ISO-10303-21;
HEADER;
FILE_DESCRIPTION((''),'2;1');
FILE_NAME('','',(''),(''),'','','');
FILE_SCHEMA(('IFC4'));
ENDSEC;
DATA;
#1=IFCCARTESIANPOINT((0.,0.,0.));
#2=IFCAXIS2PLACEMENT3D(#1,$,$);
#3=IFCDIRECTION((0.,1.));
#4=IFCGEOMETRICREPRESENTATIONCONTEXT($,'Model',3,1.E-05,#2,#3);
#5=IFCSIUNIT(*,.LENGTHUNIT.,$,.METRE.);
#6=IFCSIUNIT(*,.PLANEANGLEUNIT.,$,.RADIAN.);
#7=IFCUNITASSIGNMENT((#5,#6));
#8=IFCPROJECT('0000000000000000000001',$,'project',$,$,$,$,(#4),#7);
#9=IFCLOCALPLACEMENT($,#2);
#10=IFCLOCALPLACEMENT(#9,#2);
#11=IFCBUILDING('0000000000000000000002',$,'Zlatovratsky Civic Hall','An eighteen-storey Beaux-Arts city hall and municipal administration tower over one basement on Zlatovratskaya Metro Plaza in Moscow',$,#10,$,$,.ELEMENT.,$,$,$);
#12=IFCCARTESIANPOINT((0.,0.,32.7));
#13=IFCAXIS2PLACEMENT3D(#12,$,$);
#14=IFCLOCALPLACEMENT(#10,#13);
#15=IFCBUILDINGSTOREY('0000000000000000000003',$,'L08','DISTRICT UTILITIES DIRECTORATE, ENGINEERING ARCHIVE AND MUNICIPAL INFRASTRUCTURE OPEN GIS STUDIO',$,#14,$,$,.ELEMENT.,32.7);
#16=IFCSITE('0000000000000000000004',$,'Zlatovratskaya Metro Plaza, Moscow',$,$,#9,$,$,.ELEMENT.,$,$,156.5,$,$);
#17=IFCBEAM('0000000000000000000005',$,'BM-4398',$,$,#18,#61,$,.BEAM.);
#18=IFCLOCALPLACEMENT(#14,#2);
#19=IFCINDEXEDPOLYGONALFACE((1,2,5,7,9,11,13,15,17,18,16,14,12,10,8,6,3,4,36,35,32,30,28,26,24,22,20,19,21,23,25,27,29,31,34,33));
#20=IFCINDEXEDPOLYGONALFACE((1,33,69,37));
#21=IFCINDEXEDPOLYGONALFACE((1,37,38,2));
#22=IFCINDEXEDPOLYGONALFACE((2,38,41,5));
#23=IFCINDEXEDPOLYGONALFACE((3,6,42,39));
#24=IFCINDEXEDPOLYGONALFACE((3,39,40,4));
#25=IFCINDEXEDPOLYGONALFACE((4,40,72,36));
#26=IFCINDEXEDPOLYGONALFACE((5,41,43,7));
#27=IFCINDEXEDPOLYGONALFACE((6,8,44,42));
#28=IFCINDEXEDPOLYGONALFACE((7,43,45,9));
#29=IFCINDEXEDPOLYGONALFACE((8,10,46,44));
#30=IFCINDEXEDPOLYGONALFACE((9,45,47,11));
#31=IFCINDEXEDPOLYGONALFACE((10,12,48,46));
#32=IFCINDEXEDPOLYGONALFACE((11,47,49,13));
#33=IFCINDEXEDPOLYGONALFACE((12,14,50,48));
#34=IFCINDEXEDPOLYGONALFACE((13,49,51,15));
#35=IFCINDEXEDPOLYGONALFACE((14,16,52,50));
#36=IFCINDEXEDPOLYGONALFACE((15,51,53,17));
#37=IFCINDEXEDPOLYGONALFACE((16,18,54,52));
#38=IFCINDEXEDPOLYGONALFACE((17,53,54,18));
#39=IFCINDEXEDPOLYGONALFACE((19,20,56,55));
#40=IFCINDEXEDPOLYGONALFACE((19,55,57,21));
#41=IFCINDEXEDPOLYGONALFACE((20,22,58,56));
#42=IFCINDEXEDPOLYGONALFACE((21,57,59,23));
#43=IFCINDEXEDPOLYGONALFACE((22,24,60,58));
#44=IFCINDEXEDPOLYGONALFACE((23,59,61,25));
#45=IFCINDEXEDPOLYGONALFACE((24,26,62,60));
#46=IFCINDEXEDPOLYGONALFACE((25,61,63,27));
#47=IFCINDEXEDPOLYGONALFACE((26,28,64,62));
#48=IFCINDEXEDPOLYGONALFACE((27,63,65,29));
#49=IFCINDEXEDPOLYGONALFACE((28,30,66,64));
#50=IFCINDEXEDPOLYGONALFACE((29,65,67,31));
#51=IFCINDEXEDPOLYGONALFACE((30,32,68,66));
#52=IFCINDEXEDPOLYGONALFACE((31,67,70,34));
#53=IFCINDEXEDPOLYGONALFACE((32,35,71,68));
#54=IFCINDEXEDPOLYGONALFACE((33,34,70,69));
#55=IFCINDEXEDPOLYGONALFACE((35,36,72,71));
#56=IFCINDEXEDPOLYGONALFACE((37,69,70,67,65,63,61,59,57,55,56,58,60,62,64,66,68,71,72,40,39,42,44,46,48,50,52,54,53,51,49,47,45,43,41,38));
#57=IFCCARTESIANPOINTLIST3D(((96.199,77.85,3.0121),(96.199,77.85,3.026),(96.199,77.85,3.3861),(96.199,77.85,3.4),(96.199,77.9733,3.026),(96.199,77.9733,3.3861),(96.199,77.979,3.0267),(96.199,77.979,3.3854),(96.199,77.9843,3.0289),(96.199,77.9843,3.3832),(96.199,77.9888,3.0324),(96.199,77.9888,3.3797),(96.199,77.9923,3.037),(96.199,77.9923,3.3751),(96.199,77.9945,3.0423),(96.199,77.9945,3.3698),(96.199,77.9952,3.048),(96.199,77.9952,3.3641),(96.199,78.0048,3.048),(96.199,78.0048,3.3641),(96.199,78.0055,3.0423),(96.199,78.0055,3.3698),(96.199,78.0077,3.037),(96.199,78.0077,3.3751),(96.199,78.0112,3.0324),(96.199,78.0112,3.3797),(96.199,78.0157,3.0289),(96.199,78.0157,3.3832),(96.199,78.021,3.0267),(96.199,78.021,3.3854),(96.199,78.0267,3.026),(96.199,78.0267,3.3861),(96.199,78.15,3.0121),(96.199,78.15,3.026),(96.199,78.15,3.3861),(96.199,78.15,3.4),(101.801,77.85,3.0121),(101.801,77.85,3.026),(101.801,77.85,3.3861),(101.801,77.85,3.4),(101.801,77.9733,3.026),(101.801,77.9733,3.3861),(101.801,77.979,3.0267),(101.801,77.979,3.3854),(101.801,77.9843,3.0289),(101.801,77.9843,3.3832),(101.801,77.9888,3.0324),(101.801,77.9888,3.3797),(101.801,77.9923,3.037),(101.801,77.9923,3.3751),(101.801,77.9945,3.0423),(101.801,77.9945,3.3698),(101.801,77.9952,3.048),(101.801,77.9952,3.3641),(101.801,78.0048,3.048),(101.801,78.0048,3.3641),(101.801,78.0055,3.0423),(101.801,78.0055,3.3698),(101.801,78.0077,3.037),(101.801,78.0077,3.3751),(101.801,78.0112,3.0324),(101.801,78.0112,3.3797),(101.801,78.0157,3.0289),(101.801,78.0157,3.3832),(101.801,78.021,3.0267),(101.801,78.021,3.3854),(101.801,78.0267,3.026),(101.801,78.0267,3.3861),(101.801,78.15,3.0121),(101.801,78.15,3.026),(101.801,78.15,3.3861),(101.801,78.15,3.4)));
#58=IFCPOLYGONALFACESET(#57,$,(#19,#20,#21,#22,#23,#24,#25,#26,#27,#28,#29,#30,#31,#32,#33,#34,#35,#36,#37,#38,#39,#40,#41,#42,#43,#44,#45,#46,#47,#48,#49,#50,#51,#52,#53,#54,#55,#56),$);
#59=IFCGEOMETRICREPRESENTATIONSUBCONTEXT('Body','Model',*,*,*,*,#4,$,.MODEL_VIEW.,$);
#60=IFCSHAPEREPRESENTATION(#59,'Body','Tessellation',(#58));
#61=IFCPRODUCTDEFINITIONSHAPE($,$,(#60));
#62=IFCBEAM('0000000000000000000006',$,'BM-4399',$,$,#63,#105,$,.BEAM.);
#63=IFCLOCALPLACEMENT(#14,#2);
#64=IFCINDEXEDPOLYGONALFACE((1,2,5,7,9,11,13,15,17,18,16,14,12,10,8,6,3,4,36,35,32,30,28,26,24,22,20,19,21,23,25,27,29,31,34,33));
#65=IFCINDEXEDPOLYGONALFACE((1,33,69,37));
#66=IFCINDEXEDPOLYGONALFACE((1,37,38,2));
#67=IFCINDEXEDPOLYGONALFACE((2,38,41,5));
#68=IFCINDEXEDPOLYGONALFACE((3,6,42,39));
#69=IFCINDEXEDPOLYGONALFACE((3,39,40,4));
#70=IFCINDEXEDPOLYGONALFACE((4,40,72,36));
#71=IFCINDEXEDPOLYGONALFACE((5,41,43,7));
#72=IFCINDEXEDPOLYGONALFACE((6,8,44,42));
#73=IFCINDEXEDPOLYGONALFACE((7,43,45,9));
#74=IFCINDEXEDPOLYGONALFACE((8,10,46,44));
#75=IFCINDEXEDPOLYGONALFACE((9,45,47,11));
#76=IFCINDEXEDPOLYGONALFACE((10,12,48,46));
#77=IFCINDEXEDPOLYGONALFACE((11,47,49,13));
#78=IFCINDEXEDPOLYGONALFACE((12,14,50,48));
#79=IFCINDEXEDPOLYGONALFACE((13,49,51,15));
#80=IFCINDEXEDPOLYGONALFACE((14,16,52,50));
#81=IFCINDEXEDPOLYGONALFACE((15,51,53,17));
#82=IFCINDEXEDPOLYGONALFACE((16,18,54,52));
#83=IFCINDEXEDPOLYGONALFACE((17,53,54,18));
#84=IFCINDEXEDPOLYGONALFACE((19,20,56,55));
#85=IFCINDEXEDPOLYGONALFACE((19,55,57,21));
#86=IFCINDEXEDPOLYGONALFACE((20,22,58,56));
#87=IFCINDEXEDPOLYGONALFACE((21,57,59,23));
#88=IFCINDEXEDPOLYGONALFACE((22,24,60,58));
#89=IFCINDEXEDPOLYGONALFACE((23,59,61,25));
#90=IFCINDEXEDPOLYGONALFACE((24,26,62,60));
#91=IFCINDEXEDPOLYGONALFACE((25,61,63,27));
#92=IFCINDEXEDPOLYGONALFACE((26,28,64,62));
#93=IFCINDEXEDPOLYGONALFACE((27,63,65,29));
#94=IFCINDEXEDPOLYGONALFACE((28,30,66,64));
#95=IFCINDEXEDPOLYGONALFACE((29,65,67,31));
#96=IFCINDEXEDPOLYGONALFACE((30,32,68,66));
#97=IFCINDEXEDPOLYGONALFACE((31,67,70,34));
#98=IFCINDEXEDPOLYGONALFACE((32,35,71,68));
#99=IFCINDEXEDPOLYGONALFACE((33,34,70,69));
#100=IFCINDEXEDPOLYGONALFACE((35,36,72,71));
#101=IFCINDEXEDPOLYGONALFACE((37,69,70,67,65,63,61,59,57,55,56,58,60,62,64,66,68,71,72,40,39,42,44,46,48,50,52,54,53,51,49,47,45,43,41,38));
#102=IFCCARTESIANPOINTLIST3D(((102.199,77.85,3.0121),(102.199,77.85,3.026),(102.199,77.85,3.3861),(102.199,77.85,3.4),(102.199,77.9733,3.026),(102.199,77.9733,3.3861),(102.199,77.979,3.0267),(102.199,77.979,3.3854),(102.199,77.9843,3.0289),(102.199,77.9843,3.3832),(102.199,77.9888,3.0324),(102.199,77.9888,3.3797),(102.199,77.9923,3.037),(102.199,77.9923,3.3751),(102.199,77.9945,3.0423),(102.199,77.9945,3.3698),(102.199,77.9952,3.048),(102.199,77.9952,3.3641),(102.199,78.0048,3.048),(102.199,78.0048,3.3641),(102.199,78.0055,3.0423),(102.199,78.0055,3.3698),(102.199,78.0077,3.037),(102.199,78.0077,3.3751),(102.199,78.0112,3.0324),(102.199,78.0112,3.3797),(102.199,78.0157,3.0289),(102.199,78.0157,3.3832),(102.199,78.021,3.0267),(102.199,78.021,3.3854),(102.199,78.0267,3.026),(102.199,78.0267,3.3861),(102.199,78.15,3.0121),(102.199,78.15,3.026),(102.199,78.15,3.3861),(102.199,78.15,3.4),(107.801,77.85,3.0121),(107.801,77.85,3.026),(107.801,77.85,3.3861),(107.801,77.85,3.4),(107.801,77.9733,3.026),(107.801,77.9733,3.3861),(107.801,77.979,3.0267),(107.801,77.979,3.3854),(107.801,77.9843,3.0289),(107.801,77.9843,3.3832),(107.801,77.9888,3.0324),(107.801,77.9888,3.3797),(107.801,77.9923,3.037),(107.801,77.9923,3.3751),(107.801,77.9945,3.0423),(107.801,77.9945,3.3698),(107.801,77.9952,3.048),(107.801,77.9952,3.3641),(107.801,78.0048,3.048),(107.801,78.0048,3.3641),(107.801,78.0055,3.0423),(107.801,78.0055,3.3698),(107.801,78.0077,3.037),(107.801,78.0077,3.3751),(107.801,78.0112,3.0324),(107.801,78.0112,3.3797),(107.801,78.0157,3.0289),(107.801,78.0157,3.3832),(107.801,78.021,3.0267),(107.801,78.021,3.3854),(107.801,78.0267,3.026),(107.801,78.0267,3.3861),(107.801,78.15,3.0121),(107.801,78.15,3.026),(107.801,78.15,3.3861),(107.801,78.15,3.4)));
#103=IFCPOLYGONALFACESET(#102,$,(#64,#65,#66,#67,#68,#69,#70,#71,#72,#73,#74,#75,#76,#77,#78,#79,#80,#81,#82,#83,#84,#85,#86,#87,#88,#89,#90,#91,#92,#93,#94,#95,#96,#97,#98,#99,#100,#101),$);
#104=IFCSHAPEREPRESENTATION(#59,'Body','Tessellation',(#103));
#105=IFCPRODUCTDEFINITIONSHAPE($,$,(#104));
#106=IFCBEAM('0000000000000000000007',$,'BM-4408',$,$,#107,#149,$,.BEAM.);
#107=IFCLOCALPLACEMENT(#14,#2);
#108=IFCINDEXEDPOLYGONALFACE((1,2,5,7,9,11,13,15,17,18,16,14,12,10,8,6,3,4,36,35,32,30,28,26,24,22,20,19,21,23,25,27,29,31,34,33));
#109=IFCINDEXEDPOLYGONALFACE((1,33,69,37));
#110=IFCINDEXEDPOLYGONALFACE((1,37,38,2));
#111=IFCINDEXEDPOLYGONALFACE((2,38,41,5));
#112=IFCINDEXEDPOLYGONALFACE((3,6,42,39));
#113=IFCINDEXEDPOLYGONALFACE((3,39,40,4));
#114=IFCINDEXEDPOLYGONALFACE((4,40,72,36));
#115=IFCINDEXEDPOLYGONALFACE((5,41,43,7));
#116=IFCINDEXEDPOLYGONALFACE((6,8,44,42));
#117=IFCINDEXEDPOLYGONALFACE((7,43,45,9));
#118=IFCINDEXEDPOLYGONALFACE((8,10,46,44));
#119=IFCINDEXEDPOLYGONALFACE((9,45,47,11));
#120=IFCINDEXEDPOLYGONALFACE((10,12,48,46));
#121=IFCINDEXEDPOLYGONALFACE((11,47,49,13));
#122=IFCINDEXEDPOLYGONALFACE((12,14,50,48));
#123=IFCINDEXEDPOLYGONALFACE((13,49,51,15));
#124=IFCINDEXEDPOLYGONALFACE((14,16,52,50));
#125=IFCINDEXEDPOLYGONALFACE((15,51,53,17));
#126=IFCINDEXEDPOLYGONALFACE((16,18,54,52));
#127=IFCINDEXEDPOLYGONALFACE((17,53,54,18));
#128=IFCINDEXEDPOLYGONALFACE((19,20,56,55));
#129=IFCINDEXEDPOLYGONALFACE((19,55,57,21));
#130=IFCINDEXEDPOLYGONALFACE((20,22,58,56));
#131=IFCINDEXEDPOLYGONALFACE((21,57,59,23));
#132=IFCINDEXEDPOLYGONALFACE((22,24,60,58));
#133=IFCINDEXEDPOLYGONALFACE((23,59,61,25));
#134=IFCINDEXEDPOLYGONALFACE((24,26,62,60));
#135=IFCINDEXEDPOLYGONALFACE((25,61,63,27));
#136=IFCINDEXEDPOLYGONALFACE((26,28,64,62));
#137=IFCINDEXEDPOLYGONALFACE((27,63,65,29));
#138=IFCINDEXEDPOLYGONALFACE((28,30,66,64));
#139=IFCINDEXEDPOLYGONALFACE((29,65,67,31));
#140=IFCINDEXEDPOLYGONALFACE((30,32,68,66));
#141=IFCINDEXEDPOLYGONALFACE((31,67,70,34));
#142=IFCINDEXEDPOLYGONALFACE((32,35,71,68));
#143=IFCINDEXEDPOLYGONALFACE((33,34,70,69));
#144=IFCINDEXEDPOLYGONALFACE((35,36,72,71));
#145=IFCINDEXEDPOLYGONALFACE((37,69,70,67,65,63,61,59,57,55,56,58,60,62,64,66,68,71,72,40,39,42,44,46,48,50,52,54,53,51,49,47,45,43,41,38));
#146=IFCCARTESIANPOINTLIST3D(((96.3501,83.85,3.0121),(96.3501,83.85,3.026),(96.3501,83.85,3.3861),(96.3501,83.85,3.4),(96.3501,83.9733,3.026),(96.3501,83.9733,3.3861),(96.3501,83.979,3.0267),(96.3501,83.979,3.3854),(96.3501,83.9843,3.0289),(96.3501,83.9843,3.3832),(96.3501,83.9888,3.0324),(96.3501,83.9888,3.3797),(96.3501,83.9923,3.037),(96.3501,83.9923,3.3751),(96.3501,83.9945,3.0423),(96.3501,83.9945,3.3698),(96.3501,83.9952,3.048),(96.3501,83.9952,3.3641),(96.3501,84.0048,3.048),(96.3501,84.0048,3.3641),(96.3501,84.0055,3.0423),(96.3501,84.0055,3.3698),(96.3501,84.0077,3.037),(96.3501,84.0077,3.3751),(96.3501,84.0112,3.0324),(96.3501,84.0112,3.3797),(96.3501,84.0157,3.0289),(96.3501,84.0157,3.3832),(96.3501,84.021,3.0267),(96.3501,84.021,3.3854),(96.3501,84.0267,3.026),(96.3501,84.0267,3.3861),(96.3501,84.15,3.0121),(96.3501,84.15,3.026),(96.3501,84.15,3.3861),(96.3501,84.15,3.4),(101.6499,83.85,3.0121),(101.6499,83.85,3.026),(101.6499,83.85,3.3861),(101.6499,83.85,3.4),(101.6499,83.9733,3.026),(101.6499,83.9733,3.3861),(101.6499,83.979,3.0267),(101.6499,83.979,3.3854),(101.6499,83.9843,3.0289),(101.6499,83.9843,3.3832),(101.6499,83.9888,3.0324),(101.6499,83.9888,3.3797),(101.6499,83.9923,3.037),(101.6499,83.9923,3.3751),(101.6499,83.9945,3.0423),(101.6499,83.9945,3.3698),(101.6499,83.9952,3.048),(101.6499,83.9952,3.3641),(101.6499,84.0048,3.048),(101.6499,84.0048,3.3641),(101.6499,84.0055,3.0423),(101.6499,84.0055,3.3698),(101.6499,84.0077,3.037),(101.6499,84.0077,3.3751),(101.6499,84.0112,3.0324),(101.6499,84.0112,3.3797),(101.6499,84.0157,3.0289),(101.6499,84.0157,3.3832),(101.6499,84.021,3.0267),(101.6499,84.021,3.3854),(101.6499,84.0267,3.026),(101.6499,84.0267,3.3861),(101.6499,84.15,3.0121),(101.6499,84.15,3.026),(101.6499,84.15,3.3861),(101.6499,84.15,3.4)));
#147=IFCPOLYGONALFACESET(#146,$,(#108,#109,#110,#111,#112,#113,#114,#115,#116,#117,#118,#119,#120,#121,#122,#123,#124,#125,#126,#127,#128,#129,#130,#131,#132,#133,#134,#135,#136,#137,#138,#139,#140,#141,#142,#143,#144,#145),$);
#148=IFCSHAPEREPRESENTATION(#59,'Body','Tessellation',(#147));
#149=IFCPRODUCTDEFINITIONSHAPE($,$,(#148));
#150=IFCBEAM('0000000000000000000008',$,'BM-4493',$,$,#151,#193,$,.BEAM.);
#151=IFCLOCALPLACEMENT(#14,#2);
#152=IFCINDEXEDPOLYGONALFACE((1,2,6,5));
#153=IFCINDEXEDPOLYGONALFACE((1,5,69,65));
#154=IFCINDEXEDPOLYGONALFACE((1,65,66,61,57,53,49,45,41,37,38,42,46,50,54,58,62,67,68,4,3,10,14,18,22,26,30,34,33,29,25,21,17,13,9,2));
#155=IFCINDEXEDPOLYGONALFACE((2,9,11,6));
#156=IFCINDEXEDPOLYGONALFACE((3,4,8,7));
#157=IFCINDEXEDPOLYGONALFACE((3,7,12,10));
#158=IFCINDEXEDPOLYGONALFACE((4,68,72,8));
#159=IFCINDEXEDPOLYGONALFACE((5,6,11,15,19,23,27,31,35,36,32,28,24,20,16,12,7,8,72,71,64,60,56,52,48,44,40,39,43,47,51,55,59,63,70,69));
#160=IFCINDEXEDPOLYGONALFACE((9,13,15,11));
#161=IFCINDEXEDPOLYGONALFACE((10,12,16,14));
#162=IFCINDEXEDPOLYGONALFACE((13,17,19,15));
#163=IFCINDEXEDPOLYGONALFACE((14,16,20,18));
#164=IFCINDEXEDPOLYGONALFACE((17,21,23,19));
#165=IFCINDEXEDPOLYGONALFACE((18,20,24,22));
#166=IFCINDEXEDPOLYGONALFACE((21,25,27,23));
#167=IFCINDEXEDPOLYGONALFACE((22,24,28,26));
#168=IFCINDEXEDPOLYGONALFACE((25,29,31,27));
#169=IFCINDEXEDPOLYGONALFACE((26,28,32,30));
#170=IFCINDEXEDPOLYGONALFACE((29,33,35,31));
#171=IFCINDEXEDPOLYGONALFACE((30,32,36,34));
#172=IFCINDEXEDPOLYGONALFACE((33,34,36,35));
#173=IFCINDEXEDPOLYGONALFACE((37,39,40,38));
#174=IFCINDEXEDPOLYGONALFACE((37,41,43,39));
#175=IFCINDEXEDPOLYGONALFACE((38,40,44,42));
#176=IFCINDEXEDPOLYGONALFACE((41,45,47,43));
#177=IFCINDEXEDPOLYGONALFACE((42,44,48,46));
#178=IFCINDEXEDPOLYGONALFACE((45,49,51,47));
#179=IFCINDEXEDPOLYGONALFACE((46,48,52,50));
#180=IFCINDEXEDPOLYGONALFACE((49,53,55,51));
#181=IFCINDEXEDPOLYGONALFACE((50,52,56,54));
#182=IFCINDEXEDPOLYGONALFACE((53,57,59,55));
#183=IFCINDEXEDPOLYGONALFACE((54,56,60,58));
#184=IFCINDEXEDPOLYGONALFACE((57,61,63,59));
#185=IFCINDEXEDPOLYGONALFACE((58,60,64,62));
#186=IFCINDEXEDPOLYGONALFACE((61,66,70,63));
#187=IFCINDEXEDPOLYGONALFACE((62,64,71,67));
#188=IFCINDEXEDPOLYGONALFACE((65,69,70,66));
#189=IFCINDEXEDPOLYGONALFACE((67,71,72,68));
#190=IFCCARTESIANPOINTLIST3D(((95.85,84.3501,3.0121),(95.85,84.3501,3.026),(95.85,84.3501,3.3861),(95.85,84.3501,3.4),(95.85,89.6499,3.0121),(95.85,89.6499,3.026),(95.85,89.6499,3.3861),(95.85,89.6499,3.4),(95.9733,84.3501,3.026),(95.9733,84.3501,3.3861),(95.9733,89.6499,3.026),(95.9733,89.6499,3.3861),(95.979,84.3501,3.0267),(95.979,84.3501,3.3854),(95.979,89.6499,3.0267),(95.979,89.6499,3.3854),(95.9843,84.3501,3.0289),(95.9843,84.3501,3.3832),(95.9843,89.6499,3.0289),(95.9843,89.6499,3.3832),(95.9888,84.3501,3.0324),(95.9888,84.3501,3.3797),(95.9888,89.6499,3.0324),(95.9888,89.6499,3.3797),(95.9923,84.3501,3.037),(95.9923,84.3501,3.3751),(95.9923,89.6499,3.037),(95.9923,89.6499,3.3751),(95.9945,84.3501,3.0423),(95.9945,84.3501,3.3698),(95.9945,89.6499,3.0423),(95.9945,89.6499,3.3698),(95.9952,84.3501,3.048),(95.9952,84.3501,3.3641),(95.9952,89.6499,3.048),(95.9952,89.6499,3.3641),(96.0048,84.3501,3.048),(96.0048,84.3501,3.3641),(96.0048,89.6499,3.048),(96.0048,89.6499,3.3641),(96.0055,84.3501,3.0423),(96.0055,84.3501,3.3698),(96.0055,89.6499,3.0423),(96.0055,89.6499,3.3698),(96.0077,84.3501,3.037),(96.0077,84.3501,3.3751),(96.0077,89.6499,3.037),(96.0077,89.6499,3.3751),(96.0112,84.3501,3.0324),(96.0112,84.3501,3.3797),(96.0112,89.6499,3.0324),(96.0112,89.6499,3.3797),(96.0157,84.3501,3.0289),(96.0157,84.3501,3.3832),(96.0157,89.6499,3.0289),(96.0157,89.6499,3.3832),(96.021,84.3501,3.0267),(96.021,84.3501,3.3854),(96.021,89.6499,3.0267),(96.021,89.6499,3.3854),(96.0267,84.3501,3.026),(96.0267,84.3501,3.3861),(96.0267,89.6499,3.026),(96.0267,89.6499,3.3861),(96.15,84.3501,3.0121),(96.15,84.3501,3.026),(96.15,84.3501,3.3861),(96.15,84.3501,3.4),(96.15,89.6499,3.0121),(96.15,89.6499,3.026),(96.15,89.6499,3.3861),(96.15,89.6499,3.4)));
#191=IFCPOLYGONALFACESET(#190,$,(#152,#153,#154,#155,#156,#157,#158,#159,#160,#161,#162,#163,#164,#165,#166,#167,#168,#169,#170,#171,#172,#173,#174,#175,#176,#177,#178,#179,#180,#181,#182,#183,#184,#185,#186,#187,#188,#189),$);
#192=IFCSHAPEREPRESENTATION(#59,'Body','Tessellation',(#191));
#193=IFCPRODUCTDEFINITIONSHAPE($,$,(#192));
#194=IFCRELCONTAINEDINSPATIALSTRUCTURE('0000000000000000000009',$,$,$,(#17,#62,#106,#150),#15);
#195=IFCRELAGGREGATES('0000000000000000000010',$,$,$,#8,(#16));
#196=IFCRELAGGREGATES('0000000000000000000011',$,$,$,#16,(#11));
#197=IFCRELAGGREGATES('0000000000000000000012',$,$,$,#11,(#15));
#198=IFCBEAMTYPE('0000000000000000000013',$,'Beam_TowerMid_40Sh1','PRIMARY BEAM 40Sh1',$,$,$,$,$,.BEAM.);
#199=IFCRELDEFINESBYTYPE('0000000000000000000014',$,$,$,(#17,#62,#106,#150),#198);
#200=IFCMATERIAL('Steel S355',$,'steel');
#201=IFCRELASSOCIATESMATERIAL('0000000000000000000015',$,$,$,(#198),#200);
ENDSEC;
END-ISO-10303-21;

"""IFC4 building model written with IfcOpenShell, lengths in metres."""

from ifc_helpers import new_model, si_unit, direction, frame, origin, origin_2d, place, context, subcontext, project, spatial, i_section, extrude, material, material_profile, profile_set, type_object, element, save


model = new_model("IFC4")

# Units and contexts
model_context = context("Model", 3, precision=1e-05, world=origin(), true_north=direction((0.0, 1.0)))
body_context = subcontext(model_context, "Body", "Model", "MODEL_VIEW")
ifc_project = project(units=[si_unit("LENGTHUNIT", "METRE"), si_unit("PLANEANGLEUNIT", "RADIAN")], contexts=[model_context])

# Site, building, storey
site_placement = place(None, origin())
site = spatial("IfcSite", under=ifc_project, at=site_placement, Name="Zlatovratskaya Metro Plaza, Moscow", CompositionType="ELEMENT", RefElevation=156.5)
building_placement = place(site_placement, origin())
building = spatial("IfcBuilding", under=site, at=building_placement, Name="Zlatovratsky Civic Hall", Description="An eighteen-storey Beaux-Arts city hall and municipal administration tower over one basement on Zlatovratskaya Metro Plaza in Moscow", CompositionType="ELEMENT")
storey_placement = place(building_placement, frame((0.0, 0.0, 32.7)))
storey = spatial("IfcBuildingStorey", under=building, at=storey_placement, Name="L08", Description="DISTRICT UTILITIES DIRECTORATE, ENGINEERING ARCHIVE AND MUNICIPAL INFRASTRUCTURE OPEN GIS STUDIO", CompositionType="ELEMENT", Elevation=32.7)

# Shared definitions
ifc_material_1 = material(Name="Steel S355", Category="steel")

# Beams
ifc_material_profile_1 = material_profile(ifc_material_1, i_section(OverallWidth=0.3, OverallDepth=0.3879, WebThickness=0.0095, FlangeThickness=0.0139, FilletRadius=0.022, at=origin_2d()), Name="40Sh1")
ifc_profile_set_1 = profile_set([ifc_material_profile_1], Name="Steel S355")
beam_type_1 = type_object("IfcBeamType", Name="Beam_TowerMid_40Sh1", Description="PRIMARY BEAM 40Sh1", PredefinedType="BEAM", material=ifc_profile_set_1)
for number, where, z_axis, x_axis, name in (
    (1, (96.199, 78.0, 3.2061), (1.0, 0.0, 0.0), (0.0, 1.0, 0.0), "BM-4398"),
    (2, (102.199, 78.0, 3.2061), (1.0, 0.0, 0.0), (0.0, 1.0, 0.0), "BM-4399"),
):
    element("IfcBeam", number, at=place(storey_placement, frame(where, z_axis=z_axis, x_axis=x_axis)), inside=storey, type_object=beam_type_1, Name=name, PredefinedType="BEAM", context=body_context, shape_type="SweptSolid", body=[
        extrude(i_section(OverallWidth=0.3, OverallDepth=0.3879, WebThickness=0.0095, FlangeThickness=0.0139, FilletRadius=0.022, at=origin_2d()), origin(), (0.0, 0.0, 1.0), 5.6021),
    ])
for number, where, z_axis, x_axis, name in (
    (3, (96.3501, 84.0, 3.2061), (1.0, 0.0, 0.0), (0.0, 1.0, 0.0), "BM-4408"),
    (4, (96.0, 84.3501, 3.2061), (0.0, 1.0, 0.0), (-1.0, 0.0, 0.0), "BM-4493"),
):
    element("IfcBeam", number, at=place(storey_placement, frame(where, z_axis=z_axis, x_axis=x_axis)), inside=storey, type_object=beam_type_1, Name=name, PredefinedType="BEAM", context=body_context, shape_type="SweptSolid", body=[
        extrude(i_section(OverallWidth=0.3, OverallDepth=0.3879, WebThickness=0.0095, FlangeThickness=0.0139, FilletRadius=0.022, at=origin_2d()), origin(), (0.0, 0.0, 1.0), 5.2998),
    ])

save(model, "model.ifc")
